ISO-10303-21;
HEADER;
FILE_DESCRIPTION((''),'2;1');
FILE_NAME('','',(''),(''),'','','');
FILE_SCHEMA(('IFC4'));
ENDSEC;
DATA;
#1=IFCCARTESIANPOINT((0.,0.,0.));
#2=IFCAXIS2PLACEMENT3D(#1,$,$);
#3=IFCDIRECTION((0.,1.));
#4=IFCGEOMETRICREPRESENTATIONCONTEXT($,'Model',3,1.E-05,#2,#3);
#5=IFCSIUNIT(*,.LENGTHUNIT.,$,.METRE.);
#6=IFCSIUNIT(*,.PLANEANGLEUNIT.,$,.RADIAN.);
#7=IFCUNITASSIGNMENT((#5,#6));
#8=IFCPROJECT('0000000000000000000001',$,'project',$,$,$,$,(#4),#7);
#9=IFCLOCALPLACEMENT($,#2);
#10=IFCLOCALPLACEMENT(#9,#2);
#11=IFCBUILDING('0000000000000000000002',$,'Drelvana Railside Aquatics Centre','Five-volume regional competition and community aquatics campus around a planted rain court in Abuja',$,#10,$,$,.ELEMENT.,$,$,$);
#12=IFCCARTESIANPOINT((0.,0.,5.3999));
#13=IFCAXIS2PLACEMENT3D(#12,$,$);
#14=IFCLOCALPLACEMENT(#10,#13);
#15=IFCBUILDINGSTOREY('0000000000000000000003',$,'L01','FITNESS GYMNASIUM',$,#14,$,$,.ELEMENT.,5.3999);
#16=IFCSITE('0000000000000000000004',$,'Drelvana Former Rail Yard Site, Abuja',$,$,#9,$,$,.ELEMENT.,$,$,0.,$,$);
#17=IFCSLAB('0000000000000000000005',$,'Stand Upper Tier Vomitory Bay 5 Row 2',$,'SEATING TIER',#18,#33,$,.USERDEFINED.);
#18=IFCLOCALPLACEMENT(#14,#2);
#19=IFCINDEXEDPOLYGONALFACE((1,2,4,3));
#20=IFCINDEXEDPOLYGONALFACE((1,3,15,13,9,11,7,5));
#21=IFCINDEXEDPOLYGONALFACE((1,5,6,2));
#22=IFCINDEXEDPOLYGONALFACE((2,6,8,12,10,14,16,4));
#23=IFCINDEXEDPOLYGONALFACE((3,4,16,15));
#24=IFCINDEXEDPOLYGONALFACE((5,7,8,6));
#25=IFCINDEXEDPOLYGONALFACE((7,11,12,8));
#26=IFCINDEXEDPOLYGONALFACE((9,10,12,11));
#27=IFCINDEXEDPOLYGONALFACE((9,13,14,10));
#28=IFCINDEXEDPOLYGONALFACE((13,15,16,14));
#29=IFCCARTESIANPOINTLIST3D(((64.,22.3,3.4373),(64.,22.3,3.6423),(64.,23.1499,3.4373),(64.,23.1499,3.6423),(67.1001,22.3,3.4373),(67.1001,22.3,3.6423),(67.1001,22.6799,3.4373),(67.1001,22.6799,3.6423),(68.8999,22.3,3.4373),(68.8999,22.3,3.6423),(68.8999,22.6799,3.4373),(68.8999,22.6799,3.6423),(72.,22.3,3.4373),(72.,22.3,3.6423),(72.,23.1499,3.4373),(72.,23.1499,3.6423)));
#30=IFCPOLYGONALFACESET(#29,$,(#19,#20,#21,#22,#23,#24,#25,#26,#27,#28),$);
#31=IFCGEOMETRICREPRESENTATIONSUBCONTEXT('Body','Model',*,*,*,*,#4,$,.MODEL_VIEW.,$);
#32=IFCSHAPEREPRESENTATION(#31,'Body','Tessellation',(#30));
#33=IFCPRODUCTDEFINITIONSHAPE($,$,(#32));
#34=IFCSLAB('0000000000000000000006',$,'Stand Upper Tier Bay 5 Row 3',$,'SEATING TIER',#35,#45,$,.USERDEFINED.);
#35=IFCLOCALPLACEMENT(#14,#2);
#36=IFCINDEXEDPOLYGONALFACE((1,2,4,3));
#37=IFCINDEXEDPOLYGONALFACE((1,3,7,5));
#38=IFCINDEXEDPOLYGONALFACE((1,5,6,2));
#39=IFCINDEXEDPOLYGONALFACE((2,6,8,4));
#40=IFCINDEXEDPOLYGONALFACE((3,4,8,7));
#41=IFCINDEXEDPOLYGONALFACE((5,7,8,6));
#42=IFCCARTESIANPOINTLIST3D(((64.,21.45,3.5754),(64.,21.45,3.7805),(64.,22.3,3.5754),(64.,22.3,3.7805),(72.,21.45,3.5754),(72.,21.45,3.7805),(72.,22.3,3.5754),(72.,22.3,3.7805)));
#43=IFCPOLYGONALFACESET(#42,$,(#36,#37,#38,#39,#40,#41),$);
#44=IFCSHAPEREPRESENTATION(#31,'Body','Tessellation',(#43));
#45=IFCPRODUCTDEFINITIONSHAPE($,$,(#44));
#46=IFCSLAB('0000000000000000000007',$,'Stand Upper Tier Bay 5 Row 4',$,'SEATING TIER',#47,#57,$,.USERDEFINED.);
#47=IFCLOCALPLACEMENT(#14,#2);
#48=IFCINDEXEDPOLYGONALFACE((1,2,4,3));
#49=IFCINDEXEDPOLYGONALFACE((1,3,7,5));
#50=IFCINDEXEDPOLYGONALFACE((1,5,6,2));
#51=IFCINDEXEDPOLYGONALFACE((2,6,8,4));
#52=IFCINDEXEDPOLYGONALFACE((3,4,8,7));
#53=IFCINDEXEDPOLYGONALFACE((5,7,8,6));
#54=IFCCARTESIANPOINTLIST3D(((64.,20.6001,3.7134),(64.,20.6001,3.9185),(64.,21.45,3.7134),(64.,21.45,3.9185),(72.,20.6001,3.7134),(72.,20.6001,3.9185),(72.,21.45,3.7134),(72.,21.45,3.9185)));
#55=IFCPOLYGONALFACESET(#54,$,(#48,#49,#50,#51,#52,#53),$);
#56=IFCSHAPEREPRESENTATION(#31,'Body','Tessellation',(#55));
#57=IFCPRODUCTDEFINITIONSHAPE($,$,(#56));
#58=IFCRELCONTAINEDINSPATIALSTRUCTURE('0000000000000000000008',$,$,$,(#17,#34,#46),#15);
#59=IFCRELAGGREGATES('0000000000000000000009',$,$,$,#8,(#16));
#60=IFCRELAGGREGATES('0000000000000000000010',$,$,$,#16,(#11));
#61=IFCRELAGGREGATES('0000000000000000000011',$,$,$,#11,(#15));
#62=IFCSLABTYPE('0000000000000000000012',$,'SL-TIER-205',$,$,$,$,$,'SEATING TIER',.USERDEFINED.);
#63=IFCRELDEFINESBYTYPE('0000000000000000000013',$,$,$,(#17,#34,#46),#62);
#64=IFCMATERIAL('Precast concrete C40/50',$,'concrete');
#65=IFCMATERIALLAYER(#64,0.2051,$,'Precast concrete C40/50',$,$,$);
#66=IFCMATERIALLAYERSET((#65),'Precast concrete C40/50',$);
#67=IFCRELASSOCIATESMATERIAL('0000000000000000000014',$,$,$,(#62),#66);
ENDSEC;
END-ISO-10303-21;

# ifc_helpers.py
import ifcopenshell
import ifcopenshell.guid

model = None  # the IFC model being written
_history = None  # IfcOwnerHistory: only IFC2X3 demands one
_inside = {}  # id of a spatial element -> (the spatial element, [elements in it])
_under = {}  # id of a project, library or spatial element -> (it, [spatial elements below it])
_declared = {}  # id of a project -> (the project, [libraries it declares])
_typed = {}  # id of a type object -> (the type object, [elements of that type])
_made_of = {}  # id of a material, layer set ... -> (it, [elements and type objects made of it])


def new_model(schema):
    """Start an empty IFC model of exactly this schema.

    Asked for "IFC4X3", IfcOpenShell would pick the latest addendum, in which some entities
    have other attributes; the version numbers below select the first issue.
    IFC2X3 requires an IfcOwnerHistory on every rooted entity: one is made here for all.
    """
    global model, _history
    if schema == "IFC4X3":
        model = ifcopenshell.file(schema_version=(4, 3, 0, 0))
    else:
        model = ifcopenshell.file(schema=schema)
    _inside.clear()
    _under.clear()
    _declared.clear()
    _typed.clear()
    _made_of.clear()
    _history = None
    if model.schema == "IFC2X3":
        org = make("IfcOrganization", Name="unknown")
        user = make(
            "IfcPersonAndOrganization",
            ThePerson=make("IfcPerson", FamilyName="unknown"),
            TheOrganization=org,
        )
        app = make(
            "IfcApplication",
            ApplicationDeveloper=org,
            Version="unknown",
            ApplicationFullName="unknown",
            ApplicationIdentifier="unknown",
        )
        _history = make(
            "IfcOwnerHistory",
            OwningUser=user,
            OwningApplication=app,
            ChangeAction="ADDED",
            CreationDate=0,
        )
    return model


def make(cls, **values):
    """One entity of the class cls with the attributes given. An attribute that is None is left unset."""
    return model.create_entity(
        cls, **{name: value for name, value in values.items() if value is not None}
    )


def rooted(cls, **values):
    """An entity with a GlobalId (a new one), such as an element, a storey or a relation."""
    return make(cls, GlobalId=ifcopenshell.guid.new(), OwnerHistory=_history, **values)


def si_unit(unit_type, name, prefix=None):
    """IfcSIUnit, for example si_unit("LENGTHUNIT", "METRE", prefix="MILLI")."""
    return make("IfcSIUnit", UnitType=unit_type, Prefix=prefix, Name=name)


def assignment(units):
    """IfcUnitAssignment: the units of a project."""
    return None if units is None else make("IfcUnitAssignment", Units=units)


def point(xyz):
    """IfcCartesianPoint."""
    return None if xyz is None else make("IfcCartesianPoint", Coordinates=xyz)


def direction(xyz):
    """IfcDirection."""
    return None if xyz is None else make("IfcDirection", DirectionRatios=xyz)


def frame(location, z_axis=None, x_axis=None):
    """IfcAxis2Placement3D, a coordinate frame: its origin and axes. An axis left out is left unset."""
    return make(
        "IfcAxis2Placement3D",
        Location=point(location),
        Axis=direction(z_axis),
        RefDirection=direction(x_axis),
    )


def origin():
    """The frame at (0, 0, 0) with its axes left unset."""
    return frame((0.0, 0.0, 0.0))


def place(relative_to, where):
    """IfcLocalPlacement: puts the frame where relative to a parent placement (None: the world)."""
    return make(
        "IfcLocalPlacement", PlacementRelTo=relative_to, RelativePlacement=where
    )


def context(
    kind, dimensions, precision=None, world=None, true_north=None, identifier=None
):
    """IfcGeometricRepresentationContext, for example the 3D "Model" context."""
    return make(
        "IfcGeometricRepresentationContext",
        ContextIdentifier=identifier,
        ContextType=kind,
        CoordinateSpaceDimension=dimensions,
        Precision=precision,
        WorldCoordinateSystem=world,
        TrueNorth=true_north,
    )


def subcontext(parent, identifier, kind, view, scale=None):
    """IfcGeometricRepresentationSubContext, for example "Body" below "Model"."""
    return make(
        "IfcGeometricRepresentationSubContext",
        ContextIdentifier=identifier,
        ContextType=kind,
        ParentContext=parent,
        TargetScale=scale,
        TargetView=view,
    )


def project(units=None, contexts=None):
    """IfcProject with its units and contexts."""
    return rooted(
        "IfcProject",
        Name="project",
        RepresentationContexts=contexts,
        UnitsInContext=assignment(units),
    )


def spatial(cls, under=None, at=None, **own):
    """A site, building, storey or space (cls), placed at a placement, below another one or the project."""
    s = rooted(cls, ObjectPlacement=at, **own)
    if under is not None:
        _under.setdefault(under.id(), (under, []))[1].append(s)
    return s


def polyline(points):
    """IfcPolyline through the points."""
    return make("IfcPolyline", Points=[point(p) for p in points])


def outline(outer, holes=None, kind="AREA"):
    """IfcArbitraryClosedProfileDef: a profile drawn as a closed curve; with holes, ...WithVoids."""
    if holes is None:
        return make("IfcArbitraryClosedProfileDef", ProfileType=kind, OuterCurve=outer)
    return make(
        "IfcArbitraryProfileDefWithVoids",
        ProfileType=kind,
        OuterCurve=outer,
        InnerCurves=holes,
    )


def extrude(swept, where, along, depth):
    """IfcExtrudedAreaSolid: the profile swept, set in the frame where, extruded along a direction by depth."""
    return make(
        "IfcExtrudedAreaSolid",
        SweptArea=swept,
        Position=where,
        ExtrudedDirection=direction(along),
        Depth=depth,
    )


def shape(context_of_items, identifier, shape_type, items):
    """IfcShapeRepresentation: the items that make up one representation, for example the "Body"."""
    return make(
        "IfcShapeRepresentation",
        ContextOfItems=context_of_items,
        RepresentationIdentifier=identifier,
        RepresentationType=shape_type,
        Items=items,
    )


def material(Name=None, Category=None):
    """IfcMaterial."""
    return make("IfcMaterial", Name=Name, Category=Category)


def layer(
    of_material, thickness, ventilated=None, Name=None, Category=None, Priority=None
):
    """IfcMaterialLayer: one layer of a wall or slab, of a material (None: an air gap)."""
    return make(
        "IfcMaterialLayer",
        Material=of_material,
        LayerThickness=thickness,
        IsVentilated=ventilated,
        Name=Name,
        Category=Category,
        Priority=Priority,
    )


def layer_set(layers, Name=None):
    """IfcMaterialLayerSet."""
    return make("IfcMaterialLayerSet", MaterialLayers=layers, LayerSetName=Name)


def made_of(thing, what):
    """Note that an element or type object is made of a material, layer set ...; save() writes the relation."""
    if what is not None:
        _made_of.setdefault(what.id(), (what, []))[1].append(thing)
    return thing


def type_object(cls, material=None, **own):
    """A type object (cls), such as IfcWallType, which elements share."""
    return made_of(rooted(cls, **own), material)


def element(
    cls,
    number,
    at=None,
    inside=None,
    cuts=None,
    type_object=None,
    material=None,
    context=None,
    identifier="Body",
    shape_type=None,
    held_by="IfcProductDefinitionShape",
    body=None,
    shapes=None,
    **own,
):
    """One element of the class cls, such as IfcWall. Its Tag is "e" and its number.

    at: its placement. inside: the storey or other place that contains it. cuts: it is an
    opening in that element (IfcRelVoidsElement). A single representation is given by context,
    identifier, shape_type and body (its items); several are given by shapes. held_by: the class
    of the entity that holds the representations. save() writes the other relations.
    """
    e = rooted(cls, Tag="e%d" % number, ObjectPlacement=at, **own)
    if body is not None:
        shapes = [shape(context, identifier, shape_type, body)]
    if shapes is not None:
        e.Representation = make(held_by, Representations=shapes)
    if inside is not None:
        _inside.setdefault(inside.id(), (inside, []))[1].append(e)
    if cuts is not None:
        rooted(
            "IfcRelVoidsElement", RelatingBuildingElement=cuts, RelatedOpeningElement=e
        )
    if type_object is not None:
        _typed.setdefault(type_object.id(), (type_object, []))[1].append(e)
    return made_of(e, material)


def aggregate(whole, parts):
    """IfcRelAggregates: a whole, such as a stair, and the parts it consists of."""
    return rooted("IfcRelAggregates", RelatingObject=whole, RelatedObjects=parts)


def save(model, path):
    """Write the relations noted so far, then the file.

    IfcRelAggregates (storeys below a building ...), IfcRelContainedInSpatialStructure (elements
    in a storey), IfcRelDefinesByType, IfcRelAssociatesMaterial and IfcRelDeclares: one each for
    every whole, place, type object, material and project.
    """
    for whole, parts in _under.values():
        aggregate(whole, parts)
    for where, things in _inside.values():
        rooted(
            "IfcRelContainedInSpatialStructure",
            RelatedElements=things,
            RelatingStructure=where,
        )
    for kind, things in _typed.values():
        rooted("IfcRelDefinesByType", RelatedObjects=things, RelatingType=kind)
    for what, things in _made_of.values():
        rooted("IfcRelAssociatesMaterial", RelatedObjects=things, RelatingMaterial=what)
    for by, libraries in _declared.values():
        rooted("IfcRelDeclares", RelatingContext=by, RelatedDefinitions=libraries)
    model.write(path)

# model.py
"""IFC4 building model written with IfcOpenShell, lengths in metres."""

from ifc_helpers import new_model, si_unit, direction, frame, origin, place, context, subcontext, project, spatial, polyline, outline, extrude, material, layer, layer_set, type_object, element, save


model = new_model("IFC4")

# Units and contexts
model_context = context("Model", 3, precision=1e-05, world=origin(), true_north=direction((0.0, 1.0)))
body_context = subcontext(model_context, "Body", "Model", "MODEL_VIEW")
ifc_project = project(units=[si_unit("LENGTHUNIT", "METRE"), si_unit("PLANEANGLEUNIT", "RADIAN")], contexts=[model_context])

# Site, building, storey
site_placement = place(None, origin())
site = spatial("IfcSite", under=ifc_project, at=site_placement, Name="Drelvana Former Rail Yard Site, Abuja", CompositionType="ELEMENT", RefElevation=0.0)
building_placement = place(site_placement, origin())
building = spatial("IfcBuilding", under=site, at=building_placement, Name="Drelvana Railside Aquatics Centre", Description="Five-volume regional competition and community aquatics campus around a planted rain court in Abuja", CompositionType="ELEMENT")
storey_placement = place(building_placement, frame((0.0, 0.0, 5.3999)))
storey = spatial("IfcBuildingStorey", under=building, at=storey_placement, Name="L01", Description="FITNESS GYMNASIUM", CompositionType="ELEMENT", Elevation=5.3999)

# Slabs
ifc_material_1 = material(Name="Precast concrete C40/50", Category="concrete")
ifc_layer_1 = layer(ifc_material_1, 0.2051, Name="Precast concrete C40/50")
ifc_layer_set_1 = layer_set([ifc_layer_1], Name="Precast concrete C40/50")
slab_type_1 = type_object("IfcSlabType", Name="SL-TIER-205", ElementType="SEATING TIER", PredefinedType="USERDEFINED", material=ifc_layer_set_1)
slab_1_placement = place(storey_placement, frame((0.0, 0.0, 3.4373)))
element("IfcSlab", 1, at=slab_1_placement, inside=storey, type_object=slab_type_1, Name="Stand Upper Tier Vomitory Bay 5 Row 2", ObjectType="SEATING TIER", PredefinedType="USERDEFINED", context=body_context, shape_type="SweptSolid", body=[
    extrude(outline(polyline([(64.0, 22.3), (67.1001, 22.3), (67.1001, 22.6799), (68.8999, 22.6799), (68.8999, 22.3), (72.0, 22.3), (72.0, 23.1499), (64.0, 23.1499), (64.0, 22.3)])), origin(), (0.0, 0.0, 1.0), 0.2051),
])
slab_2_placement = place(storey_placement, frame((0.0, 0.0, 3.5754)))
element("IfcSlab", 2, at=slab_2_placement, inside=storey, type_object=slab_type_1, Name="Stand Upper Tier Bay 5 Row 3", ObjectType="SEATING TIER", PredefinedType="USERDEFINED", context=body_context, shape_type="SweptSolid", body=[
    extrude(outline(polyline([(64.0, 21.45), (72.0, 21.45), (72.0, 22.3), (64.0, 22.3), (64.0, 21.45)])), origin(), (0.0, 0.0, 1.0), 0.2051),
])
slab_3_placement = place(storey_placement, frame((0.0, 0.0, 3.7134)))
element("IfcSlab", 3, at=slab_3_placement, inside=storey, type_object=slab_type_1, Name="Stand Upper Tier Bay 5 Row 4", ObjectType="SEATING TIER", PredefinedType="USERDEFINED", context=body_context, shape_type="SweptSolid", body=[
    extrude(outline(polyline([(64.0, 20.6001), (72.0, 20.6001), (72.0, 21.45), (64.0, 21.45), (64.0, 20.6001)])), origin(), (0.0, 0.0, 1.0), 0.2051),
])

save(model, "model.ifc")
